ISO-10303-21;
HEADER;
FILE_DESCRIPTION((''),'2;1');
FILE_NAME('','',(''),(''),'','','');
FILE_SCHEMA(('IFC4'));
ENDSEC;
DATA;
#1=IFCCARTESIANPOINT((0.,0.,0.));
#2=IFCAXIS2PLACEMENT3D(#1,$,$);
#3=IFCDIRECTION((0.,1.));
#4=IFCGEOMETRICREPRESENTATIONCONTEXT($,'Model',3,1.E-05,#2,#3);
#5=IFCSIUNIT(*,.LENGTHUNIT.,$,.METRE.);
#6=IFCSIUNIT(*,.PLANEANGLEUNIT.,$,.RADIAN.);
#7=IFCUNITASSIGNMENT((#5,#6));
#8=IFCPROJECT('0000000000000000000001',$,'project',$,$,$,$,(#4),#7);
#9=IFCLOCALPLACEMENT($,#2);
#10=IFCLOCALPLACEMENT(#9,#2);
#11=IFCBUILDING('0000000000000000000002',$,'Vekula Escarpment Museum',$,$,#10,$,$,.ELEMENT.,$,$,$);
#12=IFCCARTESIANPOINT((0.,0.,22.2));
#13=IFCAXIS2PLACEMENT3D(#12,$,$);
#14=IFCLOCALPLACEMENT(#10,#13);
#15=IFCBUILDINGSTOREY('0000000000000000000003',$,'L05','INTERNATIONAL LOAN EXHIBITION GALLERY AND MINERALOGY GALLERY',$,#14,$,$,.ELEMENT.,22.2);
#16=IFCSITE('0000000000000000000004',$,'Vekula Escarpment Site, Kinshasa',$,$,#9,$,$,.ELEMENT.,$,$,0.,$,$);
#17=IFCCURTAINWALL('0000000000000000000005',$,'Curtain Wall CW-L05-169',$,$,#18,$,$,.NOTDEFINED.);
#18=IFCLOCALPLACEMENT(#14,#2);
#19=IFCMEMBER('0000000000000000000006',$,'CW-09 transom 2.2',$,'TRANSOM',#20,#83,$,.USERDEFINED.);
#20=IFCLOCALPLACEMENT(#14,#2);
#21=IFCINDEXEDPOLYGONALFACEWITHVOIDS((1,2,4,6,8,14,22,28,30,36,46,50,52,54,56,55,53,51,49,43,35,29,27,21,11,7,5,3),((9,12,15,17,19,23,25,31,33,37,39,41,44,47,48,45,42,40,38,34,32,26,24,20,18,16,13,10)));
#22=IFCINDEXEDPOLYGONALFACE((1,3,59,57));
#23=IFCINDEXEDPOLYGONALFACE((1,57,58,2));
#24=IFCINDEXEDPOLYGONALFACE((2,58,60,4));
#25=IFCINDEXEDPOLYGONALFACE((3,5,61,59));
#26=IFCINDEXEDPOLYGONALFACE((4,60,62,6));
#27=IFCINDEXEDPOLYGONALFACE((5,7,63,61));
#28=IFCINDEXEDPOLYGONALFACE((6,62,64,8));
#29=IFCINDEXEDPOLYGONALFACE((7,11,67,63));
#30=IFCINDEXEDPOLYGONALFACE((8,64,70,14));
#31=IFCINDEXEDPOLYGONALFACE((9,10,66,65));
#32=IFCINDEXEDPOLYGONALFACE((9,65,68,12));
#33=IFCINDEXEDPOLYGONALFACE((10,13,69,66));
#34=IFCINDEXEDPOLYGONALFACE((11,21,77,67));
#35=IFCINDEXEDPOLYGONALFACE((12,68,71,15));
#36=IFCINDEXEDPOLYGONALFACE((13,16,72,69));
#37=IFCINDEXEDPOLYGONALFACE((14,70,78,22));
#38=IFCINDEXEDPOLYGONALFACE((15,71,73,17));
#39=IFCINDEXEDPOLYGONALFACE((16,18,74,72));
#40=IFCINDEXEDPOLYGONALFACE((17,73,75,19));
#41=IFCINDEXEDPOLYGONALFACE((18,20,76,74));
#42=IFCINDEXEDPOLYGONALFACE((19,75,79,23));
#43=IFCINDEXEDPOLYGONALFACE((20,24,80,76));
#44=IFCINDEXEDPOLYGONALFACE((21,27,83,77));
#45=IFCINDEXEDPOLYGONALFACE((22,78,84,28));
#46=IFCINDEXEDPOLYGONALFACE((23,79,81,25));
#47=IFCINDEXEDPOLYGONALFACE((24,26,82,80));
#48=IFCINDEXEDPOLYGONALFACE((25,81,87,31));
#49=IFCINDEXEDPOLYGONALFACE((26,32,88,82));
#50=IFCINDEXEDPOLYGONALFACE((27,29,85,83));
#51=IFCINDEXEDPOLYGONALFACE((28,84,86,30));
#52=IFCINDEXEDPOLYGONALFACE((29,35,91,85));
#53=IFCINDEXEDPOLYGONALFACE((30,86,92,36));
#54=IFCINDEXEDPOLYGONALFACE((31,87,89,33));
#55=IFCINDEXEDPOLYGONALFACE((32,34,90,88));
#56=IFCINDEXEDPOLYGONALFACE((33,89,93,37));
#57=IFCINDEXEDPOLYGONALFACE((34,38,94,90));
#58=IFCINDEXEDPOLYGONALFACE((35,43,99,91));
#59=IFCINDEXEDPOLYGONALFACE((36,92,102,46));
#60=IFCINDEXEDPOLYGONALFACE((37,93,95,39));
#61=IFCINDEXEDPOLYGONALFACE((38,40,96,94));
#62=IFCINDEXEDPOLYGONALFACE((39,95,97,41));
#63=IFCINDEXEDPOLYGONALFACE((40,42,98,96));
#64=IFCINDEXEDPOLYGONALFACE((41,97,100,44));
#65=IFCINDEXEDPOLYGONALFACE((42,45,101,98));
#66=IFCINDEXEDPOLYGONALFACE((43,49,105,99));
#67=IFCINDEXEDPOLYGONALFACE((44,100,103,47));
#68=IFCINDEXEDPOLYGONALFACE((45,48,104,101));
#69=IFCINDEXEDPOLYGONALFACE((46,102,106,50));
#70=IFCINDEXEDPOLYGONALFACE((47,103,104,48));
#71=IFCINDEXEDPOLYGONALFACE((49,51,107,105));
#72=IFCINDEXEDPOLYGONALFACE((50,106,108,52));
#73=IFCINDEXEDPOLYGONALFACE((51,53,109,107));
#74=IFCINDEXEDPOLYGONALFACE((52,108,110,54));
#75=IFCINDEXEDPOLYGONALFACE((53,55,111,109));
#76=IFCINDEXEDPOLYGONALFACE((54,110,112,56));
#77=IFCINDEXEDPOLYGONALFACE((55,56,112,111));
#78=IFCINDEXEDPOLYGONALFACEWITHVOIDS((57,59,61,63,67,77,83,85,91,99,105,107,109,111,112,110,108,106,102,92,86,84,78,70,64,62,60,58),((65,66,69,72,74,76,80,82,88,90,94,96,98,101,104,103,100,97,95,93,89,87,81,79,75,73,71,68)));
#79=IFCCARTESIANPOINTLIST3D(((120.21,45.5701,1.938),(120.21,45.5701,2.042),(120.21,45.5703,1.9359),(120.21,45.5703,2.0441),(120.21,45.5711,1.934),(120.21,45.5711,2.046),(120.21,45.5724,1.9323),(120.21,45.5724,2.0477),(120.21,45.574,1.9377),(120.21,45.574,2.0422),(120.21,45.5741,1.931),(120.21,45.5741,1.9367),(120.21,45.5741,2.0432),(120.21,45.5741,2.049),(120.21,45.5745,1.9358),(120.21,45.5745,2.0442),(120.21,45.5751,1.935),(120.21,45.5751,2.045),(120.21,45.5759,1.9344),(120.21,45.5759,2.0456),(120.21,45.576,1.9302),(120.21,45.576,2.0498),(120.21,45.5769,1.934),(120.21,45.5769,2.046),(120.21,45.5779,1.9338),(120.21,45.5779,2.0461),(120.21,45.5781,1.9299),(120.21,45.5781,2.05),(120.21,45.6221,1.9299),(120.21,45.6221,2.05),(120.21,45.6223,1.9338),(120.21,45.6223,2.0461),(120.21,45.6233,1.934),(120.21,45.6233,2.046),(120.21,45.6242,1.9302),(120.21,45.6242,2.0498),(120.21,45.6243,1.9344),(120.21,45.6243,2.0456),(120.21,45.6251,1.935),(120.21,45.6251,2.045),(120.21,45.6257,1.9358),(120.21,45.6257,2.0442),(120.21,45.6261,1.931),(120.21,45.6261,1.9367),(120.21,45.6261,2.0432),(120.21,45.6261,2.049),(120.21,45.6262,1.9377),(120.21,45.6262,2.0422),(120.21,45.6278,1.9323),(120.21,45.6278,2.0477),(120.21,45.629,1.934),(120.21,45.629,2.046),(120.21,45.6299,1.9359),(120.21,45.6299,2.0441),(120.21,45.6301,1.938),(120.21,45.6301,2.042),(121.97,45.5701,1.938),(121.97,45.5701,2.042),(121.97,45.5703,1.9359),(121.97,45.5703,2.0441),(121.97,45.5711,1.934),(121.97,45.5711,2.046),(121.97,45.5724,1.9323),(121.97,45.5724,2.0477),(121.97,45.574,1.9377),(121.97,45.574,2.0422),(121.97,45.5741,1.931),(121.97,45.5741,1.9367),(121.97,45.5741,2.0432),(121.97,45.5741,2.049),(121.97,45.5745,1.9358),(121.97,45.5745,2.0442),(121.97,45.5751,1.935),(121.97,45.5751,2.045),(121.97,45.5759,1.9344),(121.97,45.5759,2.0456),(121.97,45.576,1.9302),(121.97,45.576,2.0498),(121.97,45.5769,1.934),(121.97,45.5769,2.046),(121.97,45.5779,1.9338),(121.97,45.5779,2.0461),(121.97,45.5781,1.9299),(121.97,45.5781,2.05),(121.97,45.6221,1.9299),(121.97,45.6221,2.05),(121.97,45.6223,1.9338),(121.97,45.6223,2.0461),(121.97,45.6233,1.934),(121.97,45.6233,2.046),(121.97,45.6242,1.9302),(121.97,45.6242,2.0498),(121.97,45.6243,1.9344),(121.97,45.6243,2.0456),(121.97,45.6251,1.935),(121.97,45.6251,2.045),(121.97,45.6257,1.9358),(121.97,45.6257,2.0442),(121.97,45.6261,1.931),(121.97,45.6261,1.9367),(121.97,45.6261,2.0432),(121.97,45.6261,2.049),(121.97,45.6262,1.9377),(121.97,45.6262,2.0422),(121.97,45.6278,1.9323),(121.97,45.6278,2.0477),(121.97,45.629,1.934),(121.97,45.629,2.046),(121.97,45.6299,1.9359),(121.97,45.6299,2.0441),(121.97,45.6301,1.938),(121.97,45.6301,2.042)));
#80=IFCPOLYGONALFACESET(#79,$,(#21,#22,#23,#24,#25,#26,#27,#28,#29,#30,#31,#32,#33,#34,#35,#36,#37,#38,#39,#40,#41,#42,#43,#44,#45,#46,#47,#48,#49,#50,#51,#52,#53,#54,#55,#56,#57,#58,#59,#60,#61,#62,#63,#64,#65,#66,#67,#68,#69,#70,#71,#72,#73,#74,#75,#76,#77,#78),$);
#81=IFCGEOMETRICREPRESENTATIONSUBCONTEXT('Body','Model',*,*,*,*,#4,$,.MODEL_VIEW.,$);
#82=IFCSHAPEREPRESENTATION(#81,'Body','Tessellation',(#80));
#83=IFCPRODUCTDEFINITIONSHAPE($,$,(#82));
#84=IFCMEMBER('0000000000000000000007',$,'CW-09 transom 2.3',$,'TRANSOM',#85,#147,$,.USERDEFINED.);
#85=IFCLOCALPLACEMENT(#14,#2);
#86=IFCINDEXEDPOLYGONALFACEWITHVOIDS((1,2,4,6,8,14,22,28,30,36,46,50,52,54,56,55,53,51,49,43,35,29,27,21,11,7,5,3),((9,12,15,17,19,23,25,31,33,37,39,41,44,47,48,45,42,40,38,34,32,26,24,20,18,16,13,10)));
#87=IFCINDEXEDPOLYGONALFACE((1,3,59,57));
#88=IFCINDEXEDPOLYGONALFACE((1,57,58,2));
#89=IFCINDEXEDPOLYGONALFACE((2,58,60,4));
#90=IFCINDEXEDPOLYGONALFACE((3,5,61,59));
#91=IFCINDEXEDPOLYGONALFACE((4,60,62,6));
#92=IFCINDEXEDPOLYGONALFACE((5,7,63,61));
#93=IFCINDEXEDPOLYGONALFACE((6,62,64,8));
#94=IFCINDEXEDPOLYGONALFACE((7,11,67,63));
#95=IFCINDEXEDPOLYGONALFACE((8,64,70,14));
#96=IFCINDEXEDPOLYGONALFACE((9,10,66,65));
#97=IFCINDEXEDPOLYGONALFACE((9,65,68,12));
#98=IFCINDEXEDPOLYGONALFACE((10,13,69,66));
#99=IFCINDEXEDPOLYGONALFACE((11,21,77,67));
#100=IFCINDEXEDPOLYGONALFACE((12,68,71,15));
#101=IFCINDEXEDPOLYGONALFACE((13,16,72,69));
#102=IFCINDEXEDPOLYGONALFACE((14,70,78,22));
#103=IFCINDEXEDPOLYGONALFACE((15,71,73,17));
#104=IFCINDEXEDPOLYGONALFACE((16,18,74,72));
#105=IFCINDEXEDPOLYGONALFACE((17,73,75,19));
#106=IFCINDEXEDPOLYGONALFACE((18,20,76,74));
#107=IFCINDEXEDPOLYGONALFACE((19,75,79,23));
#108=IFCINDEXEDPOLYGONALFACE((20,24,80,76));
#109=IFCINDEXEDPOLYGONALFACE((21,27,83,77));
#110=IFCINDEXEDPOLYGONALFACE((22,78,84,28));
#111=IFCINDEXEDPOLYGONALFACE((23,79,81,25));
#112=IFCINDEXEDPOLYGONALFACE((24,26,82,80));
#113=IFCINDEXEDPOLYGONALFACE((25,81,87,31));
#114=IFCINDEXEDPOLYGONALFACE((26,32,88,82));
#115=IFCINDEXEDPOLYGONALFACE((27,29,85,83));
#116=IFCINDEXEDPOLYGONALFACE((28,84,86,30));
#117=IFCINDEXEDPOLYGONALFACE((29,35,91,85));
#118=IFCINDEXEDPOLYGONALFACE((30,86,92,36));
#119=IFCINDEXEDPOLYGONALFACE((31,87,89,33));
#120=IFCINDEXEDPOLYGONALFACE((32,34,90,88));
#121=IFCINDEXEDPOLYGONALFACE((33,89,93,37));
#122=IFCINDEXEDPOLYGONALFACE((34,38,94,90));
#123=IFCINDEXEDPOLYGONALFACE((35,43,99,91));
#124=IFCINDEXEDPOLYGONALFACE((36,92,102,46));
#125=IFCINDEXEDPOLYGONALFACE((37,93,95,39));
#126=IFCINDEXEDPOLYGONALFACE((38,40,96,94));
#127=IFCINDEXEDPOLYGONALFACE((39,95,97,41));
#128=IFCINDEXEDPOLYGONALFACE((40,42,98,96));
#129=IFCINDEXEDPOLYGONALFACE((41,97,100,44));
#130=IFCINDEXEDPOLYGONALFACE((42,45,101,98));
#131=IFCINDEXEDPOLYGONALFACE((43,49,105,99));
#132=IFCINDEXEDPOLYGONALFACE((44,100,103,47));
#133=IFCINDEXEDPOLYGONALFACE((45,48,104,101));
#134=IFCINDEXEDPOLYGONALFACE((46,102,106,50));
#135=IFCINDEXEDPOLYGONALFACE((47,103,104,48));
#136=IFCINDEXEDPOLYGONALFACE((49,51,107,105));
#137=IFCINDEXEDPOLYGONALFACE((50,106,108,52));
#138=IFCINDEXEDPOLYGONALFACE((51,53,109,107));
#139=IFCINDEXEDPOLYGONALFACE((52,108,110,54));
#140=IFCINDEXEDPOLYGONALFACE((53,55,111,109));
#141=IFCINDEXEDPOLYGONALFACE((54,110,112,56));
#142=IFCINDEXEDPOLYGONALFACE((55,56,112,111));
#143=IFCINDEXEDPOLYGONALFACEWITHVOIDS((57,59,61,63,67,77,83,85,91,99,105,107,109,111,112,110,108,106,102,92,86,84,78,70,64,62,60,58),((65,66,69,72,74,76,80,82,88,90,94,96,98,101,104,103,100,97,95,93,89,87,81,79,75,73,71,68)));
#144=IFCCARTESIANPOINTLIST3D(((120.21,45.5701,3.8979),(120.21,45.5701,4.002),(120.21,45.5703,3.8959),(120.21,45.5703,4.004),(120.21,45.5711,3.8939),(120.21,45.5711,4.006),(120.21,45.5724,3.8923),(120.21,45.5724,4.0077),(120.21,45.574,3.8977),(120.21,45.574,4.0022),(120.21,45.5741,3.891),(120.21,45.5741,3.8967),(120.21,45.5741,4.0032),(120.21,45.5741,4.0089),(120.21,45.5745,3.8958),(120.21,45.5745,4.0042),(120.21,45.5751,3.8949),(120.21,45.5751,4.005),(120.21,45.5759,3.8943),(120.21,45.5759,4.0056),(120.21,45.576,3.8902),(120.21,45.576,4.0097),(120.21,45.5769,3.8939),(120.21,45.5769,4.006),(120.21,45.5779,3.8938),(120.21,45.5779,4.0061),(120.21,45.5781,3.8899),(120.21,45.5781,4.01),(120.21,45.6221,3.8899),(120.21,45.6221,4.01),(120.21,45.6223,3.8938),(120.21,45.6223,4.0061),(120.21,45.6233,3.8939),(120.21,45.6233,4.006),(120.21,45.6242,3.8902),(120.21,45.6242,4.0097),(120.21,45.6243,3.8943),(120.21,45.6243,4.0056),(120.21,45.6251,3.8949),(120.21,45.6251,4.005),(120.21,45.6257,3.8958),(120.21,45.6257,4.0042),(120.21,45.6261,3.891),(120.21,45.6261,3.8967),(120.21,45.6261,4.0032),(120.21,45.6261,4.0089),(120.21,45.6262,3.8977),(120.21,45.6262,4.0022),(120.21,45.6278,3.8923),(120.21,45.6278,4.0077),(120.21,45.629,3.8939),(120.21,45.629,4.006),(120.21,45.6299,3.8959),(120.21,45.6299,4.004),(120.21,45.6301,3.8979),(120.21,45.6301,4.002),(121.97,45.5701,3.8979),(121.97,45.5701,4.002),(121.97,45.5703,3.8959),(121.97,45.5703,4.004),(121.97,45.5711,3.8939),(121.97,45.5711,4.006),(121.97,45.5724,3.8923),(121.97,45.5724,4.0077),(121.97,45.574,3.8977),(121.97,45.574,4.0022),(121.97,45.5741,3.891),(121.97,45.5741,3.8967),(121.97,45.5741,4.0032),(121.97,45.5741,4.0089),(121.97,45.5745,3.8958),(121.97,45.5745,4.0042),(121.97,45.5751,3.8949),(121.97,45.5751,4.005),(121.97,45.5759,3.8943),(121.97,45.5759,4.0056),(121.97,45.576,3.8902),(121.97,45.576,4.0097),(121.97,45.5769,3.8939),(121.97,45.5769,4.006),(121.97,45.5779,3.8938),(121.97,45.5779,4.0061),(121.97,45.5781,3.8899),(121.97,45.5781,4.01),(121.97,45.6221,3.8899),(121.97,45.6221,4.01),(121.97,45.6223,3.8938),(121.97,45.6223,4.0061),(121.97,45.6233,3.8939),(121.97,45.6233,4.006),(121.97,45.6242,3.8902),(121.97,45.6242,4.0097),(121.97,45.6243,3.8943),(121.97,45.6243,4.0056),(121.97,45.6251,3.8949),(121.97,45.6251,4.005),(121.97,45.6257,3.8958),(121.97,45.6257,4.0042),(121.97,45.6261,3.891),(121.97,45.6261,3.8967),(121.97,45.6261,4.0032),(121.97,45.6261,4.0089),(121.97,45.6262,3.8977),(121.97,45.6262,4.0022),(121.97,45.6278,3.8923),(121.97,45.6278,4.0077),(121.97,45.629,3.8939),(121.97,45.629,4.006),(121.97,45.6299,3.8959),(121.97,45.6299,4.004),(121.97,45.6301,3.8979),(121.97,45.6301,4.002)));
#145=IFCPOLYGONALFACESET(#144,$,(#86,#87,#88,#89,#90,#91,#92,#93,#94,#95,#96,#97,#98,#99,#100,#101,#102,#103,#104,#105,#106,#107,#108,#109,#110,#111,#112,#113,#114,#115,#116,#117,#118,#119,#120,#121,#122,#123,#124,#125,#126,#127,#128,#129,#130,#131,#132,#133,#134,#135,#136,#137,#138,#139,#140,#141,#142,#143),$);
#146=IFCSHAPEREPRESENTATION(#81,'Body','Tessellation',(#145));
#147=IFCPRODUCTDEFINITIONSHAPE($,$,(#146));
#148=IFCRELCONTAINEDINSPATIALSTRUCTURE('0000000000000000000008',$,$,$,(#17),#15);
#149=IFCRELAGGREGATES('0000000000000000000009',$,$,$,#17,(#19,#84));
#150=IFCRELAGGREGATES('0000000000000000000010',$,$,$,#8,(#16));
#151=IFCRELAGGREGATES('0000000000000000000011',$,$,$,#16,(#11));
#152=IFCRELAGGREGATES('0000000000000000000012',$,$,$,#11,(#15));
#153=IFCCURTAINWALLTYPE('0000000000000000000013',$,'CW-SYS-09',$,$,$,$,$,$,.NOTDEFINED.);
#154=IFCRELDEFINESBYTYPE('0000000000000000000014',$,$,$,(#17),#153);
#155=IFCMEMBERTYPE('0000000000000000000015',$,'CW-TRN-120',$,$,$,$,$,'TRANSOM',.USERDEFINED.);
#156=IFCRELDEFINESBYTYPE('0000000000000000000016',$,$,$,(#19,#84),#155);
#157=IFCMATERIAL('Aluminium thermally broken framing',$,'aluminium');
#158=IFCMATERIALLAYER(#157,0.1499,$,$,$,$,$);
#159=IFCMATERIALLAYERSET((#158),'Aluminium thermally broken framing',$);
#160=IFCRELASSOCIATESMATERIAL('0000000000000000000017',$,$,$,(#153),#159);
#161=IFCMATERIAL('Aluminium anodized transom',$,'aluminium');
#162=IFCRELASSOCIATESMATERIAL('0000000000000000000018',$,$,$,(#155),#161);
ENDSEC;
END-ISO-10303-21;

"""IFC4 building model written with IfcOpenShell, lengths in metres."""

from ifc_helpers import new_model, si_unit, direction, frame, origin, origin_2d, place, context, subcontext, project, spatial, hollow_rectangle, extrude, material, layer, layer_set, material_profile, profile_set, type_object, element, aggregate, save


model = new_model("IFC4")

# Units and contexts
model_context = context("Model", 3, precision=1e-05, world=origin(), true_north=direction((0.0, 1.0)))
body_context = subcontext(model_context, "Body", "Model", "MODEL_VIEW")
ifc_project = project(units=[si_unit("LENGTHUNIT", "METRE"), si_unit("PLANEANGLEUNIT", "RADIAN")], contexts=[model_context])

# Site, building, storey
site_placement = place(None, origin())
site = spatial("IfcSite", under=ifc_project, at=site_placement, Name="Vekula Escarpment Site, Kinshasa", CompositionType="ELEMENT", RefElevation=0.0)
building_placement = place(site_placement, origin())
building = spatial("IfcBuilding", under=site, at=building_placement, Name="Vekula Escarpment Museum", CompositionType="ELEMENT")
storey_placement = place(building_placement, frame((0.0, 0.0, 22.2)))
storey = spatial("IfcBuildingStorey", under=building, at=storey_placement, Name="L05", Description="INTERNATIONAL LOAN EXHIBITION GALLERY AND MINERALOGY GALLERY", CompositionType="ELEMENT", Elevation=22.2)

# Curtain wall, members
ifc_material_1 = material(Name="Aluminium thermally broken framing", Category="aluminium")
ifc_layer_1 = layer(ifc_material_1, 0.1499)
ifc_layer_set_1 = layer_set([ifc_layer_1], Name="Aluminium thermally broken framing")
curtain_wall_type = type_object("IfcCurtainWallType", Name="CW-SYS-09", PredefinedType="NOTDEFINED", material=ifc_layer_set_1)
curtain_wall_placement = place(storey_placement, origin())
curtain_wall = element("IfcCurtainWall", 1, at=curtain_wall_placement, inside=storey, type_object=curtain_wall_type, Name="Curtain Wall CW-L05-169", PredefinedType="NOTDEFINED")
ifc_material_2 = material(Name="Aluminium anodized transom", Category="aluminium")
ifc_material_profile_1 = material_profile(ifc_material_2, hollow_rectangle(XDim=0.0601, YDim=0.1201, WallThickness=0.0039, InnerFilletRadius=0.0039, OuterFilletRadius=0.0081, at=origin_2d()), Name="ALU 120x60x4")
ifc_profile_set_1 = profile_set([ifc_material_profile_1], Name="Aluminium anodized transom")
member_type_1 = type_object("IfcMemberType", Name="CW-TRN-120", ElementType="TRANSOM", PredefinedType="USERDEFINED", material=ifc_profile_set_1)
member_1_placement = place(storey_placement, frame((120.21, 45.6001, 1.99), z_axis=(1.0, 0.0, 0.0), x_axis=(0.0, 1.0, 0.0)))
member_1 = element("IfcMember", 2, at=member_1_placement, type_object=member_type_1, Name="CW-09 transom 2.2", ObjectType="TRANSOM", PredefinedType="USERDEFINED", context=body_context, shape_type="SweptSolid", body=[
    extrude(hollow_rectangle(XDim=0.0601, YDim=0.1201, WallThickness=0.0039, InnerFilletRadius=0.0039, OuterFilletRadius=0.0081, at=origin_2d()), origin(), (0.0, 0.0, 1.0), 1.76),
])
member_2_placement = place(storey_placement, frame((120.21, 45.6001, 3.95), z_axis=(1.0, 0.0, 0.0), x_axis=(0.0, 1.0, 0.0)))
member_2 = element("IfcMember", 3, at=member_2_placement, type_object=member_type_1, Name="CW-09 transom 2.3", ObjectType="TRANSOM", PredefinedType="USERDEFINED", context=body_context, shape_type="SweptSolid", body=[
    extrude(hollow_rectangle(XDim=0.0601, YDim=0.1201, WallThickness=0.0039, InnerFilletRadius=0.0039, OuterFilletRadius=0.0081, at=origin_2d()), origin(), (0.0, 0.0, 1.0), 1.76),
])

aggregate(curtain_wall, [member_1, member_2])

save(model, "model.ifc")
